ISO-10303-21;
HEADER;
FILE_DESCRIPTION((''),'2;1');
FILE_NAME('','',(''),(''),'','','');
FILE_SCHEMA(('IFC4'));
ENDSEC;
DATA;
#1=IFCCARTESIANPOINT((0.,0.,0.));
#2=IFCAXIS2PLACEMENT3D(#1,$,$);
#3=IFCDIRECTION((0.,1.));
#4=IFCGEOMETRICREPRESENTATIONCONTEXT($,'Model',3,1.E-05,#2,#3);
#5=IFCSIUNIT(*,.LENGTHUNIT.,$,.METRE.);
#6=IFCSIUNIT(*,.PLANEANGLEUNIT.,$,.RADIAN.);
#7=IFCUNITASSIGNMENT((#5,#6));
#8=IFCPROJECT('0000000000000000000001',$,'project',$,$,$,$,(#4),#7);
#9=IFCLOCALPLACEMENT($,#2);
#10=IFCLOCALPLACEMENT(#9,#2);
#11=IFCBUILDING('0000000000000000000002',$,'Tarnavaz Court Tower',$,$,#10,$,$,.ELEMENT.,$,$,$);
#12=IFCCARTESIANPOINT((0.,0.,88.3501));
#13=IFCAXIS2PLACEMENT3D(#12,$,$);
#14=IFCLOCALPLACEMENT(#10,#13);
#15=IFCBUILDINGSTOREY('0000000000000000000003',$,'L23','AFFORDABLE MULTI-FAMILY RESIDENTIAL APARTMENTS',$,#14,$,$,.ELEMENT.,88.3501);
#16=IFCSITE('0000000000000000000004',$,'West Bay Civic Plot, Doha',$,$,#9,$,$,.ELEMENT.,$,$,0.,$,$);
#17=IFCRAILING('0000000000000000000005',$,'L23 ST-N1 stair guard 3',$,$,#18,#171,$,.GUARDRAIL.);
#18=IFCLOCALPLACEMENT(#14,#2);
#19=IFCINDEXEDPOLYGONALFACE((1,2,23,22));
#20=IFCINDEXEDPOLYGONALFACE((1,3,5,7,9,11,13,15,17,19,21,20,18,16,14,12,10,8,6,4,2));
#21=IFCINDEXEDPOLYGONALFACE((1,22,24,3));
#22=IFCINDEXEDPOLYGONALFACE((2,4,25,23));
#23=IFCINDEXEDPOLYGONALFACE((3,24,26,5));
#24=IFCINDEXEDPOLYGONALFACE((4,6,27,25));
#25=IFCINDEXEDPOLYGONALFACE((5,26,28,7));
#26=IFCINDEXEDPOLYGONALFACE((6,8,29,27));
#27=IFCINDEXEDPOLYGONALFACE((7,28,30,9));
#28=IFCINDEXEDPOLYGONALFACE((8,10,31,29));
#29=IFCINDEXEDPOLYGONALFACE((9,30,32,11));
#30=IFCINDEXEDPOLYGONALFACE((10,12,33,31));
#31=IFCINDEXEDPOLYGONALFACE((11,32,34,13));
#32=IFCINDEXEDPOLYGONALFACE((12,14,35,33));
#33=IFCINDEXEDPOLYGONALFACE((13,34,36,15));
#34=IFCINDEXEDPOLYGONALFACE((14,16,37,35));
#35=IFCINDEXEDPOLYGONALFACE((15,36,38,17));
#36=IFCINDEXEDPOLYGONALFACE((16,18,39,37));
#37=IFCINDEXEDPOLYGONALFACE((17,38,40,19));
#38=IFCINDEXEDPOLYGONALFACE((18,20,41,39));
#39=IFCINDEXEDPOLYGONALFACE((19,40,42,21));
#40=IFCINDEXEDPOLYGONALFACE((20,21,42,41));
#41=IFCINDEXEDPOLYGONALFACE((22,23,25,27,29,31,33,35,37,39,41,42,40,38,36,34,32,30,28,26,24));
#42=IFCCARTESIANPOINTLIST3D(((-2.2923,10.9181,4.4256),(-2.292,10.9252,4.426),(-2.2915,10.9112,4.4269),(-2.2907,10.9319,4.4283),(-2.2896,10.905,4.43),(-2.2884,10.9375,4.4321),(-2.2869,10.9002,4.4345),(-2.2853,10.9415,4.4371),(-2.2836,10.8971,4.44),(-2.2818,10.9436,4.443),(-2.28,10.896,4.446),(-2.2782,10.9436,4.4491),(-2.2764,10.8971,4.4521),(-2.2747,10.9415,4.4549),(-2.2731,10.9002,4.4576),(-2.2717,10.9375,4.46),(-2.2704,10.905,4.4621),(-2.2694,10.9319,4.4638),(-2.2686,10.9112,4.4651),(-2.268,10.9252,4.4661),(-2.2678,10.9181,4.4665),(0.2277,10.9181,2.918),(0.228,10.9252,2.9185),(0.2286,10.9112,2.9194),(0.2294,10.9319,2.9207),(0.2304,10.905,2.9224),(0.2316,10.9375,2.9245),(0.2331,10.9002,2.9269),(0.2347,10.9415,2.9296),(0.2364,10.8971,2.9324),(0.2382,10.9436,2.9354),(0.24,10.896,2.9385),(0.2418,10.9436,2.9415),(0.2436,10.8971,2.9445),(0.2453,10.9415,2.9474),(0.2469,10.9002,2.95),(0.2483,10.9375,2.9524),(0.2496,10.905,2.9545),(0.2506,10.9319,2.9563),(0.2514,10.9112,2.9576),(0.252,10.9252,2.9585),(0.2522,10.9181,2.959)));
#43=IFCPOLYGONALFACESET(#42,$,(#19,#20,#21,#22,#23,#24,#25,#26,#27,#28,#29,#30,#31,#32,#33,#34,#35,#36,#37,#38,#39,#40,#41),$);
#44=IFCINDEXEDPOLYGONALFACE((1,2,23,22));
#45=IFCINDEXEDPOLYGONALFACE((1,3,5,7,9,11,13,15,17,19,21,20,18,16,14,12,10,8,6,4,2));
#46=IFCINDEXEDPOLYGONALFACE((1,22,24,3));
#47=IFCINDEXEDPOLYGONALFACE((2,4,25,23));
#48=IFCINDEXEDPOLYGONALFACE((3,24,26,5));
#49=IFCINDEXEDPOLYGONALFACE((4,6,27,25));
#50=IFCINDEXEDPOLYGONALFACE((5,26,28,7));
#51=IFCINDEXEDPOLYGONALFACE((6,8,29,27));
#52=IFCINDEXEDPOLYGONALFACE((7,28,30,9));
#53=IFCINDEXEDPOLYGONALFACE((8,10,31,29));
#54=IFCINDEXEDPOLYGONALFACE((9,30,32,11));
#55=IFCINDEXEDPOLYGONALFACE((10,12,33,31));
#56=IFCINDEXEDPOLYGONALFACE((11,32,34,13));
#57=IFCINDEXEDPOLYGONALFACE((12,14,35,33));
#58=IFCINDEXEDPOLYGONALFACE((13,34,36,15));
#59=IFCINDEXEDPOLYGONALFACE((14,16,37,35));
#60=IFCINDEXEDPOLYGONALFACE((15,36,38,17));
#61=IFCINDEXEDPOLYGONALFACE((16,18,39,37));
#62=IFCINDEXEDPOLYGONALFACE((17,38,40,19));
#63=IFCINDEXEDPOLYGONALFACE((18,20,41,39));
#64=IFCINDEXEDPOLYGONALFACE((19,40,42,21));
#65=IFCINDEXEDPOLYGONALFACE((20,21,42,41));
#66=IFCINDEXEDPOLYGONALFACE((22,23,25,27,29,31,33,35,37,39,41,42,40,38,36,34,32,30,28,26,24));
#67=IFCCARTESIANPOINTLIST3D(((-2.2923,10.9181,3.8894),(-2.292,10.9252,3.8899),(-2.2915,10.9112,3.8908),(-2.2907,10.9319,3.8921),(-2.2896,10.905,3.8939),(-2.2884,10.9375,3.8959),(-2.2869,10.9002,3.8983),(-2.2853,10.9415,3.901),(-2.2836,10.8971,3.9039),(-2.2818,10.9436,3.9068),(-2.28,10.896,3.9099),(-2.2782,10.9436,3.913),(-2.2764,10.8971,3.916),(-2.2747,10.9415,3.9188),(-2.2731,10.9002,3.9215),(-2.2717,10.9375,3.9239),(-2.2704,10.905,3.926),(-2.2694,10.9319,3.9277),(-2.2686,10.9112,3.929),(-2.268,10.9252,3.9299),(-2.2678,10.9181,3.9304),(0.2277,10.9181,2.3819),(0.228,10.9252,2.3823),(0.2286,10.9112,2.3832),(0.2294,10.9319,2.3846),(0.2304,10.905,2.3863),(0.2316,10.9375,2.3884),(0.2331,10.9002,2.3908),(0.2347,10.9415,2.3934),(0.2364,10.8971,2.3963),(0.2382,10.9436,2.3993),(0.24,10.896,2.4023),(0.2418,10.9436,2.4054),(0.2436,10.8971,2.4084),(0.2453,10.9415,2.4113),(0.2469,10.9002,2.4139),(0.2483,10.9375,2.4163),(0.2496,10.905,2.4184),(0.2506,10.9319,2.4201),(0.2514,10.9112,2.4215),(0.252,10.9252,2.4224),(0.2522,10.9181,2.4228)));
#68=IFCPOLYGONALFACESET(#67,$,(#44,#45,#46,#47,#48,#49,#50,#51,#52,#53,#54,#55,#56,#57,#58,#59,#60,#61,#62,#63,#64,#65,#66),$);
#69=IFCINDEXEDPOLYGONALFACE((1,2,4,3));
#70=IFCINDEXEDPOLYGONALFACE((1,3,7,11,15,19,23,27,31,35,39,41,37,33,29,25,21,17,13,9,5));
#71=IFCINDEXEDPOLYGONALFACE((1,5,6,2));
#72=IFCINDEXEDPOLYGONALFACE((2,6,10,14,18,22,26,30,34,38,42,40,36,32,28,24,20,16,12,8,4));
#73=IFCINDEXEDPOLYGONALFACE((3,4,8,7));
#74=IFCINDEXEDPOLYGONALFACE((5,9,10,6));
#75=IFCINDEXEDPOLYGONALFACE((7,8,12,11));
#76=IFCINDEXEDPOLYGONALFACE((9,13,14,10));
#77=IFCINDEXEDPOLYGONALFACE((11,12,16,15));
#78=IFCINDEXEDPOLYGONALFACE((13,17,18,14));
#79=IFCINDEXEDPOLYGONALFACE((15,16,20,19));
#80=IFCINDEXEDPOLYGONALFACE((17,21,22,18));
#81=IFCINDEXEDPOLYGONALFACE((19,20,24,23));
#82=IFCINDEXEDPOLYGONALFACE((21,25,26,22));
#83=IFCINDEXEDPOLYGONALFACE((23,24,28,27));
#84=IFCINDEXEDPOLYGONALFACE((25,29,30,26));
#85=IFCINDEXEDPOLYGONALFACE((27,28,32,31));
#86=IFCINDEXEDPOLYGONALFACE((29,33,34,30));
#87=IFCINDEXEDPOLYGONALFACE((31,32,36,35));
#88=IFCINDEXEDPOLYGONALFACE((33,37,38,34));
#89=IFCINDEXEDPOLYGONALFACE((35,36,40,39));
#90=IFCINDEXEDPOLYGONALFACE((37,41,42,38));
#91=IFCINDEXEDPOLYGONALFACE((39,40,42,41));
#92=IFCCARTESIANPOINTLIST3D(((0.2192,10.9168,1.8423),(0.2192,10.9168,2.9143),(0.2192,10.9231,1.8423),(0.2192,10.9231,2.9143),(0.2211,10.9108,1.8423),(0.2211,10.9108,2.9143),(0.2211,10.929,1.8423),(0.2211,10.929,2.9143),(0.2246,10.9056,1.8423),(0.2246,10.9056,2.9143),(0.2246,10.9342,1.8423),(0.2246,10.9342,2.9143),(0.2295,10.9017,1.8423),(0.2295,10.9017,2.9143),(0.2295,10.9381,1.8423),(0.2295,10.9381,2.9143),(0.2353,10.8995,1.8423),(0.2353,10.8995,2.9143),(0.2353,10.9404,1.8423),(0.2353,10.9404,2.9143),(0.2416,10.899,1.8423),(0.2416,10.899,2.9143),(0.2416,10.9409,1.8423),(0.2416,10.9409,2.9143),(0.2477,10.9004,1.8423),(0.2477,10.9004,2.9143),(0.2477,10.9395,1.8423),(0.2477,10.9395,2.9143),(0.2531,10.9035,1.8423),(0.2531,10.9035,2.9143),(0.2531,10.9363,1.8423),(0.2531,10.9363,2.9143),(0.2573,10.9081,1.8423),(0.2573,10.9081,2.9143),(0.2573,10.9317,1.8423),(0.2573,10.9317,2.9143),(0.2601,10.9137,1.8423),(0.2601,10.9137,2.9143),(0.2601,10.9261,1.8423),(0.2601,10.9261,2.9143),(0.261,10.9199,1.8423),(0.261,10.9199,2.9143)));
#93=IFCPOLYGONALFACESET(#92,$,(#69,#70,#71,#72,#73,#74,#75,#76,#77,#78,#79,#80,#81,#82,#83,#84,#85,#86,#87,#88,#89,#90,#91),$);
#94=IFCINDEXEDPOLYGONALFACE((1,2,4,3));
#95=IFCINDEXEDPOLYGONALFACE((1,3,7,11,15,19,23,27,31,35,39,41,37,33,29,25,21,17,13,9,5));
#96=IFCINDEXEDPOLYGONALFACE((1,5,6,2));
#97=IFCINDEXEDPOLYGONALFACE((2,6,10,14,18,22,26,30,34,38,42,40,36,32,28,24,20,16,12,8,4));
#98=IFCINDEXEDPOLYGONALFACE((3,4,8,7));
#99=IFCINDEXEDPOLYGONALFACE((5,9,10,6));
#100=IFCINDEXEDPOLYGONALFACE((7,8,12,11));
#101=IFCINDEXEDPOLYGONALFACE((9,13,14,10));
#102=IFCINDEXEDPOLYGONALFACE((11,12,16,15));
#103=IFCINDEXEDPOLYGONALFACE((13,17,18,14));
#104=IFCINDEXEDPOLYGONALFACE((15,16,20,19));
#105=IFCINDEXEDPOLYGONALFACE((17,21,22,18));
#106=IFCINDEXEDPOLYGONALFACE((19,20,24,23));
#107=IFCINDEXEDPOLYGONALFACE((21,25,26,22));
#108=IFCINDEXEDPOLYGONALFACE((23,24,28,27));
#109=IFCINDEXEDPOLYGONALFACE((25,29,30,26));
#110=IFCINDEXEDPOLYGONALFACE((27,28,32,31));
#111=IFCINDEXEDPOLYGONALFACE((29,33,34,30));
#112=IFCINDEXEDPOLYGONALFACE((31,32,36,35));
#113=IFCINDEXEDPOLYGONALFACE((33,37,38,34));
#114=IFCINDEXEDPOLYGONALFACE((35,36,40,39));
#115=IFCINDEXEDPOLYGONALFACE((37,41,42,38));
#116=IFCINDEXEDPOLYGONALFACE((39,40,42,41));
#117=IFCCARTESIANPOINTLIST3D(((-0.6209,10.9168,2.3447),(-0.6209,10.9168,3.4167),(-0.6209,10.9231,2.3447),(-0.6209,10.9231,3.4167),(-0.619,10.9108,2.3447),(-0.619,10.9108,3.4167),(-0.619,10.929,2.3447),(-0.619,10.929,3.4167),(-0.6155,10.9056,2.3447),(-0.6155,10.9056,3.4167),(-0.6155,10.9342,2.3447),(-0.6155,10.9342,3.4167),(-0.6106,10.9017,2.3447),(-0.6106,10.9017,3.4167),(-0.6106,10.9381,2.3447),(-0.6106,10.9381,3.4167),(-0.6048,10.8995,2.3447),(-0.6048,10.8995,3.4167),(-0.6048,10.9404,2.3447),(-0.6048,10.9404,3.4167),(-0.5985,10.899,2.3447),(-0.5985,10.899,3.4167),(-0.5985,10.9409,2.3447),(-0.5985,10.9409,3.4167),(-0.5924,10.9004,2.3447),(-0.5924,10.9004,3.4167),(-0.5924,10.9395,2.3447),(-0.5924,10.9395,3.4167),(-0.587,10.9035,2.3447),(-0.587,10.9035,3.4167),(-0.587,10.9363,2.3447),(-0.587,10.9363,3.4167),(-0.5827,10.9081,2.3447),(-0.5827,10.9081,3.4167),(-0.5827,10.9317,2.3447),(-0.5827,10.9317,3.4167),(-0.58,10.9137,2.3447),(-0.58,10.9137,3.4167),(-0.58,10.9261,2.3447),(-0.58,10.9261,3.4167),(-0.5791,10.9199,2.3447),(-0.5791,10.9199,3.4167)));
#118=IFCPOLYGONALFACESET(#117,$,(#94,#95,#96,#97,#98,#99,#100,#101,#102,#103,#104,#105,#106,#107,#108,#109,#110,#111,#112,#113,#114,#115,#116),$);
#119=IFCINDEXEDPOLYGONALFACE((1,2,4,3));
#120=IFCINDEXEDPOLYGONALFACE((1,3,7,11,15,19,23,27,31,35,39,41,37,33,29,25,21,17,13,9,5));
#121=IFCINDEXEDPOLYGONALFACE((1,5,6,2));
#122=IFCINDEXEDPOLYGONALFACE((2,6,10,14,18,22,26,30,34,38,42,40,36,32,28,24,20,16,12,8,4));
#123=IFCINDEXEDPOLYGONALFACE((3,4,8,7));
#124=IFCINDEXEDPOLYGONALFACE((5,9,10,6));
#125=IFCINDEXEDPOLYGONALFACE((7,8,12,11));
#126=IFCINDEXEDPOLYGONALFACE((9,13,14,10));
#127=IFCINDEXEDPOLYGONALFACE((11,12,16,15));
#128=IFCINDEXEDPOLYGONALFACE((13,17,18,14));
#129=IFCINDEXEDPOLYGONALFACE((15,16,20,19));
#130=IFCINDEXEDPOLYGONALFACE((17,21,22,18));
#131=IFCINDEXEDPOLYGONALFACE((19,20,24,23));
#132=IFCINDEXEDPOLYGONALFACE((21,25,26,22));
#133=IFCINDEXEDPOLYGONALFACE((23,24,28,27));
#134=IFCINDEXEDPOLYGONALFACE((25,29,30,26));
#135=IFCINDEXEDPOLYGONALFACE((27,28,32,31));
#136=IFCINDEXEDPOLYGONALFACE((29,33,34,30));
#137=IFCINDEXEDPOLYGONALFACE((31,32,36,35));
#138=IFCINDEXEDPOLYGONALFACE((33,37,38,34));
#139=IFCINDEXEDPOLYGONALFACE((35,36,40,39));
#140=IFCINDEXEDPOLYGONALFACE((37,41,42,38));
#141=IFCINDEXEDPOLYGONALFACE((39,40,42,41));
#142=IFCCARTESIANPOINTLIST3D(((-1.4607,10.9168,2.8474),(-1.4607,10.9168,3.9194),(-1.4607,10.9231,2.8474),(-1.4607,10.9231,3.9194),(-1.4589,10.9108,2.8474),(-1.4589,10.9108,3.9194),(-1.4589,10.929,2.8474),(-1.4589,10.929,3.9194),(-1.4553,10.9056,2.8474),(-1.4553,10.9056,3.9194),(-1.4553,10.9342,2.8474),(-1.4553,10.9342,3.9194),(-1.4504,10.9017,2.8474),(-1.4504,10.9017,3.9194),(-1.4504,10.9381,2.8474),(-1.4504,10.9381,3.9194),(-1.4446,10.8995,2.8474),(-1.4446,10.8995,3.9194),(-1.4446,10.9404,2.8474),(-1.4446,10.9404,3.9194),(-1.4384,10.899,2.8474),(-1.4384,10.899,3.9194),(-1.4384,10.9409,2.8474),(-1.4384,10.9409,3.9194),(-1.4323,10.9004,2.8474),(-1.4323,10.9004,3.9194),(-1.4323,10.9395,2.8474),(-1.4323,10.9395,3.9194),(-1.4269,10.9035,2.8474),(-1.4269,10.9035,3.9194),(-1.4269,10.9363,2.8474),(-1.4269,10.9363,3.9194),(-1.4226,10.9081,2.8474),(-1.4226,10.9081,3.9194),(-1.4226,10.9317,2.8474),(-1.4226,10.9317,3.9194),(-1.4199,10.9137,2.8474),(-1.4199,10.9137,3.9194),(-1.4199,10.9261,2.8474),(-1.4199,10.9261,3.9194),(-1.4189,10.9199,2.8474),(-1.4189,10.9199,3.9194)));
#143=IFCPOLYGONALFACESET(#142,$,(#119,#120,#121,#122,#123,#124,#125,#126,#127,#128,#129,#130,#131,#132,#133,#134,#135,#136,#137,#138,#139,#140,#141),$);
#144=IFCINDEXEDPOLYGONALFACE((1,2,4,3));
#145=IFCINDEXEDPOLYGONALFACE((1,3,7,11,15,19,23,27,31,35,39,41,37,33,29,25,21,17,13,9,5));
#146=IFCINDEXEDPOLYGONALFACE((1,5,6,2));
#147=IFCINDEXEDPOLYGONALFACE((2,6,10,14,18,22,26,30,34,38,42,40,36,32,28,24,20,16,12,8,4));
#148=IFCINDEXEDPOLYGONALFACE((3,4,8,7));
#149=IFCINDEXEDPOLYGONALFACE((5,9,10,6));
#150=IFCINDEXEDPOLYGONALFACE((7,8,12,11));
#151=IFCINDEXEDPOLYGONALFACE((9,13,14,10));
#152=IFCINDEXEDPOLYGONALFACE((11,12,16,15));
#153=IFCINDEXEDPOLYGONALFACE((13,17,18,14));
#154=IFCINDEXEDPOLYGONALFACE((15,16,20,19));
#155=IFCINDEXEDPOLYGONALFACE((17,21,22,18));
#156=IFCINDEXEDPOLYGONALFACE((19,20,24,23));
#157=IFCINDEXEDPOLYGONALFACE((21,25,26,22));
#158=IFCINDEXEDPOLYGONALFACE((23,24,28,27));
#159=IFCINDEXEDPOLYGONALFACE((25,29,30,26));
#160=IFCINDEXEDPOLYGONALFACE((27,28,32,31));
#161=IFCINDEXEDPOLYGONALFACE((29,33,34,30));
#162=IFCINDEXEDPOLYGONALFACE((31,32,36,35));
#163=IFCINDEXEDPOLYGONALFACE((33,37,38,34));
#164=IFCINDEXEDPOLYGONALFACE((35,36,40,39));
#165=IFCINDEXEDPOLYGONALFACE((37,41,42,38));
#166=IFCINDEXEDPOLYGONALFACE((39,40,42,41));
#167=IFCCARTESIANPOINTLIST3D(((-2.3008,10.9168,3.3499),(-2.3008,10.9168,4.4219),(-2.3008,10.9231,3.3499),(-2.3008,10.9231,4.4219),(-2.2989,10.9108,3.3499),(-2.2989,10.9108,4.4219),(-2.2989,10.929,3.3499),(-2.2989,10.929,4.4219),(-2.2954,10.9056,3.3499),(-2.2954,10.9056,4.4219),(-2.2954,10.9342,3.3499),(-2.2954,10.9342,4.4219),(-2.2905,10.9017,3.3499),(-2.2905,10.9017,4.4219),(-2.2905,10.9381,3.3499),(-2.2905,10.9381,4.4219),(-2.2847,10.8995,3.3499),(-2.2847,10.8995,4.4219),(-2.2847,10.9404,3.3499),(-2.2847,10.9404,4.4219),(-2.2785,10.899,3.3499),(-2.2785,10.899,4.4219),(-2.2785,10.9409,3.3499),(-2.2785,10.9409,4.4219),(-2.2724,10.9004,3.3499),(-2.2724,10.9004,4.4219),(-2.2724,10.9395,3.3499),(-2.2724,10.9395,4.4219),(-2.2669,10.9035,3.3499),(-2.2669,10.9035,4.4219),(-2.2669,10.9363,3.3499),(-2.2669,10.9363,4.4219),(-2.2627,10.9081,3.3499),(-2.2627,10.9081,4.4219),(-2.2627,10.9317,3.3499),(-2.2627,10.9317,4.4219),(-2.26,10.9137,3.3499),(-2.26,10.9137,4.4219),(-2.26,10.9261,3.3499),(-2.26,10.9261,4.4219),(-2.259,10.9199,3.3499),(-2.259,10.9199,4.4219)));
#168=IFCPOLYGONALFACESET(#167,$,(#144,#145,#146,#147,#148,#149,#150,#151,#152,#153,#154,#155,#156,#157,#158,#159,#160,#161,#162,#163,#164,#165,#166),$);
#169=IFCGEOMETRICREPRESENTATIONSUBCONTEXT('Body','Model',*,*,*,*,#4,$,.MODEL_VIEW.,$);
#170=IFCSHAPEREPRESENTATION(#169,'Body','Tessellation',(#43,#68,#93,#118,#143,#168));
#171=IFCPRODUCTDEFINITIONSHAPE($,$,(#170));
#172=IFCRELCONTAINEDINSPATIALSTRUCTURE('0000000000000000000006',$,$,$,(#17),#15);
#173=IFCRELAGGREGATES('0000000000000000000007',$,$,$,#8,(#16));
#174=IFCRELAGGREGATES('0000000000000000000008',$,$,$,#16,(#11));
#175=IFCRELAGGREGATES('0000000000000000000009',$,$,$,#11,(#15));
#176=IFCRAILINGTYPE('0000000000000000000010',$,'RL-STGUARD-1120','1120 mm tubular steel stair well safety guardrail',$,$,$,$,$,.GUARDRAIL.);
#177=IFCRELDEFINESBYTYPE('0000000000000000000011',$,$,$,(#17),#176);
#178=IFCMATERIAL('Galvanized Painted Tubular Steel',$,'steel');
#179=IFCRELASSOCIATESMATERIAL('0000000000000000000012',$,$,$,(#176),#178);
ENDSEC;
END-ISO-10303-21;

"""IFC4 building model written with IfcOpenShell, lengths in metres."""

from ifc_helpers import new_model, si_unit, direction, frame, origin, origin_2d, place, context, subcontext, project, spatial, circle, extrude, material, type_object, element, save


model = new_model("IFC4")

# Units and contexts
model_context = context("Model", 3, precision=1e-05, world=origin(), true_north=direction((0.0, 1.0)))
body_context = subcontext(model_context, "Body", "Model", "MODEL_VIEW")
ifc_project = project(units=[si_unit("LENGTHUNIT", "METRE"), si_unit("PLANEANGLEUNIT", "RADIAN")], contexts=[model_context])

# Site, building, storey
site_placement = place(None, origin())
site = spatial("IfcSite", under=ifc_project, at=site_placement, Name="West Bay Civic Plot, Doha", CompositionType="ELEMENT", RefElevation=0.0)
building_placement = place(site_placement, origin())
building = spatial("IfcBuilding", under=site, at=building_placement, Name="Tarnavaz Court Tower", CompositionType="ELEMENT")
storey_placement = place(building_placement, frame((0.0, 0.0, 88.3501)))
storey = spatial("IfcBuildingStorey", under=building, at=storey_placement, Name="L23", Description="AFFORDABLE MULTI-FAMILY RESIDENTIAL APARTMENTS", CompositionType="ELEMENT", Elevation=88.3501)

# Railing
ifc_material_1 = material(Name="Galvanized Painted Tubular Steel", Category="steel")
railing_type_1 = type_object("IfcRailingType", Name="RL-STGUARD-1120", Description="1120 mm tubular steel stair well safety guardrail", PredefinedType="GUARDRAIL", material=ifc_material_1)
railing_1_placement = place(storey_placement, frame((0.24, 10.9199, 1.8423)))
element("IfcRailing", 1, at=railing_1_placement, inside=storey, type_object=railing_type_1, Name="L23 ST-N1 stair guard 3", PredefinedType="GUARDRAIL", context=body_context, shape_type="SweptSolid", body=[
    extrude(circle(Radius=0.0239, at=origin_2d()), frame((0.0, 0.0, 1.0962), z_axis=(-0.85816, 0.0, 0.513383), x_axis=(0.0, -1.0, 0.0)), (0.0, 0.0, 1.0), 2.9365),
    extrude(circle(Radius=0.0239, at=origin_2d()), frame((0.0, 0.0, 0.5601), z_axis=(-0.85816, 0.0, 0.513383), x_axis=(0.0, -1.0, 0.0)), (0.0, 0.0, 1.0), 2.9365),
    extrude(circle(Radius=0.021, at=origin_2d()), origin(), (0.0, 0.0, 1.0), 1.072),
    extrude(circle(Radius=0.021, at=origin_2d()), frame((-0.8401, 0.0, 0.5024)), (0.0, 0.0, 1.0), 1.072),
    extrude(circle(Radius=0.021, at=origin_2d()), frame((-1.6799, 0.0, 1.0051)), (0.0, 0.0, 1.0), 1.072),
    extrude(circle(Radius=0.021, at=origin_2d()), frame((-2.52, 0.0, 1.5076)), (0.0, 0.0, 1.0), 1.072),
])

save(model, "model.ifc")
